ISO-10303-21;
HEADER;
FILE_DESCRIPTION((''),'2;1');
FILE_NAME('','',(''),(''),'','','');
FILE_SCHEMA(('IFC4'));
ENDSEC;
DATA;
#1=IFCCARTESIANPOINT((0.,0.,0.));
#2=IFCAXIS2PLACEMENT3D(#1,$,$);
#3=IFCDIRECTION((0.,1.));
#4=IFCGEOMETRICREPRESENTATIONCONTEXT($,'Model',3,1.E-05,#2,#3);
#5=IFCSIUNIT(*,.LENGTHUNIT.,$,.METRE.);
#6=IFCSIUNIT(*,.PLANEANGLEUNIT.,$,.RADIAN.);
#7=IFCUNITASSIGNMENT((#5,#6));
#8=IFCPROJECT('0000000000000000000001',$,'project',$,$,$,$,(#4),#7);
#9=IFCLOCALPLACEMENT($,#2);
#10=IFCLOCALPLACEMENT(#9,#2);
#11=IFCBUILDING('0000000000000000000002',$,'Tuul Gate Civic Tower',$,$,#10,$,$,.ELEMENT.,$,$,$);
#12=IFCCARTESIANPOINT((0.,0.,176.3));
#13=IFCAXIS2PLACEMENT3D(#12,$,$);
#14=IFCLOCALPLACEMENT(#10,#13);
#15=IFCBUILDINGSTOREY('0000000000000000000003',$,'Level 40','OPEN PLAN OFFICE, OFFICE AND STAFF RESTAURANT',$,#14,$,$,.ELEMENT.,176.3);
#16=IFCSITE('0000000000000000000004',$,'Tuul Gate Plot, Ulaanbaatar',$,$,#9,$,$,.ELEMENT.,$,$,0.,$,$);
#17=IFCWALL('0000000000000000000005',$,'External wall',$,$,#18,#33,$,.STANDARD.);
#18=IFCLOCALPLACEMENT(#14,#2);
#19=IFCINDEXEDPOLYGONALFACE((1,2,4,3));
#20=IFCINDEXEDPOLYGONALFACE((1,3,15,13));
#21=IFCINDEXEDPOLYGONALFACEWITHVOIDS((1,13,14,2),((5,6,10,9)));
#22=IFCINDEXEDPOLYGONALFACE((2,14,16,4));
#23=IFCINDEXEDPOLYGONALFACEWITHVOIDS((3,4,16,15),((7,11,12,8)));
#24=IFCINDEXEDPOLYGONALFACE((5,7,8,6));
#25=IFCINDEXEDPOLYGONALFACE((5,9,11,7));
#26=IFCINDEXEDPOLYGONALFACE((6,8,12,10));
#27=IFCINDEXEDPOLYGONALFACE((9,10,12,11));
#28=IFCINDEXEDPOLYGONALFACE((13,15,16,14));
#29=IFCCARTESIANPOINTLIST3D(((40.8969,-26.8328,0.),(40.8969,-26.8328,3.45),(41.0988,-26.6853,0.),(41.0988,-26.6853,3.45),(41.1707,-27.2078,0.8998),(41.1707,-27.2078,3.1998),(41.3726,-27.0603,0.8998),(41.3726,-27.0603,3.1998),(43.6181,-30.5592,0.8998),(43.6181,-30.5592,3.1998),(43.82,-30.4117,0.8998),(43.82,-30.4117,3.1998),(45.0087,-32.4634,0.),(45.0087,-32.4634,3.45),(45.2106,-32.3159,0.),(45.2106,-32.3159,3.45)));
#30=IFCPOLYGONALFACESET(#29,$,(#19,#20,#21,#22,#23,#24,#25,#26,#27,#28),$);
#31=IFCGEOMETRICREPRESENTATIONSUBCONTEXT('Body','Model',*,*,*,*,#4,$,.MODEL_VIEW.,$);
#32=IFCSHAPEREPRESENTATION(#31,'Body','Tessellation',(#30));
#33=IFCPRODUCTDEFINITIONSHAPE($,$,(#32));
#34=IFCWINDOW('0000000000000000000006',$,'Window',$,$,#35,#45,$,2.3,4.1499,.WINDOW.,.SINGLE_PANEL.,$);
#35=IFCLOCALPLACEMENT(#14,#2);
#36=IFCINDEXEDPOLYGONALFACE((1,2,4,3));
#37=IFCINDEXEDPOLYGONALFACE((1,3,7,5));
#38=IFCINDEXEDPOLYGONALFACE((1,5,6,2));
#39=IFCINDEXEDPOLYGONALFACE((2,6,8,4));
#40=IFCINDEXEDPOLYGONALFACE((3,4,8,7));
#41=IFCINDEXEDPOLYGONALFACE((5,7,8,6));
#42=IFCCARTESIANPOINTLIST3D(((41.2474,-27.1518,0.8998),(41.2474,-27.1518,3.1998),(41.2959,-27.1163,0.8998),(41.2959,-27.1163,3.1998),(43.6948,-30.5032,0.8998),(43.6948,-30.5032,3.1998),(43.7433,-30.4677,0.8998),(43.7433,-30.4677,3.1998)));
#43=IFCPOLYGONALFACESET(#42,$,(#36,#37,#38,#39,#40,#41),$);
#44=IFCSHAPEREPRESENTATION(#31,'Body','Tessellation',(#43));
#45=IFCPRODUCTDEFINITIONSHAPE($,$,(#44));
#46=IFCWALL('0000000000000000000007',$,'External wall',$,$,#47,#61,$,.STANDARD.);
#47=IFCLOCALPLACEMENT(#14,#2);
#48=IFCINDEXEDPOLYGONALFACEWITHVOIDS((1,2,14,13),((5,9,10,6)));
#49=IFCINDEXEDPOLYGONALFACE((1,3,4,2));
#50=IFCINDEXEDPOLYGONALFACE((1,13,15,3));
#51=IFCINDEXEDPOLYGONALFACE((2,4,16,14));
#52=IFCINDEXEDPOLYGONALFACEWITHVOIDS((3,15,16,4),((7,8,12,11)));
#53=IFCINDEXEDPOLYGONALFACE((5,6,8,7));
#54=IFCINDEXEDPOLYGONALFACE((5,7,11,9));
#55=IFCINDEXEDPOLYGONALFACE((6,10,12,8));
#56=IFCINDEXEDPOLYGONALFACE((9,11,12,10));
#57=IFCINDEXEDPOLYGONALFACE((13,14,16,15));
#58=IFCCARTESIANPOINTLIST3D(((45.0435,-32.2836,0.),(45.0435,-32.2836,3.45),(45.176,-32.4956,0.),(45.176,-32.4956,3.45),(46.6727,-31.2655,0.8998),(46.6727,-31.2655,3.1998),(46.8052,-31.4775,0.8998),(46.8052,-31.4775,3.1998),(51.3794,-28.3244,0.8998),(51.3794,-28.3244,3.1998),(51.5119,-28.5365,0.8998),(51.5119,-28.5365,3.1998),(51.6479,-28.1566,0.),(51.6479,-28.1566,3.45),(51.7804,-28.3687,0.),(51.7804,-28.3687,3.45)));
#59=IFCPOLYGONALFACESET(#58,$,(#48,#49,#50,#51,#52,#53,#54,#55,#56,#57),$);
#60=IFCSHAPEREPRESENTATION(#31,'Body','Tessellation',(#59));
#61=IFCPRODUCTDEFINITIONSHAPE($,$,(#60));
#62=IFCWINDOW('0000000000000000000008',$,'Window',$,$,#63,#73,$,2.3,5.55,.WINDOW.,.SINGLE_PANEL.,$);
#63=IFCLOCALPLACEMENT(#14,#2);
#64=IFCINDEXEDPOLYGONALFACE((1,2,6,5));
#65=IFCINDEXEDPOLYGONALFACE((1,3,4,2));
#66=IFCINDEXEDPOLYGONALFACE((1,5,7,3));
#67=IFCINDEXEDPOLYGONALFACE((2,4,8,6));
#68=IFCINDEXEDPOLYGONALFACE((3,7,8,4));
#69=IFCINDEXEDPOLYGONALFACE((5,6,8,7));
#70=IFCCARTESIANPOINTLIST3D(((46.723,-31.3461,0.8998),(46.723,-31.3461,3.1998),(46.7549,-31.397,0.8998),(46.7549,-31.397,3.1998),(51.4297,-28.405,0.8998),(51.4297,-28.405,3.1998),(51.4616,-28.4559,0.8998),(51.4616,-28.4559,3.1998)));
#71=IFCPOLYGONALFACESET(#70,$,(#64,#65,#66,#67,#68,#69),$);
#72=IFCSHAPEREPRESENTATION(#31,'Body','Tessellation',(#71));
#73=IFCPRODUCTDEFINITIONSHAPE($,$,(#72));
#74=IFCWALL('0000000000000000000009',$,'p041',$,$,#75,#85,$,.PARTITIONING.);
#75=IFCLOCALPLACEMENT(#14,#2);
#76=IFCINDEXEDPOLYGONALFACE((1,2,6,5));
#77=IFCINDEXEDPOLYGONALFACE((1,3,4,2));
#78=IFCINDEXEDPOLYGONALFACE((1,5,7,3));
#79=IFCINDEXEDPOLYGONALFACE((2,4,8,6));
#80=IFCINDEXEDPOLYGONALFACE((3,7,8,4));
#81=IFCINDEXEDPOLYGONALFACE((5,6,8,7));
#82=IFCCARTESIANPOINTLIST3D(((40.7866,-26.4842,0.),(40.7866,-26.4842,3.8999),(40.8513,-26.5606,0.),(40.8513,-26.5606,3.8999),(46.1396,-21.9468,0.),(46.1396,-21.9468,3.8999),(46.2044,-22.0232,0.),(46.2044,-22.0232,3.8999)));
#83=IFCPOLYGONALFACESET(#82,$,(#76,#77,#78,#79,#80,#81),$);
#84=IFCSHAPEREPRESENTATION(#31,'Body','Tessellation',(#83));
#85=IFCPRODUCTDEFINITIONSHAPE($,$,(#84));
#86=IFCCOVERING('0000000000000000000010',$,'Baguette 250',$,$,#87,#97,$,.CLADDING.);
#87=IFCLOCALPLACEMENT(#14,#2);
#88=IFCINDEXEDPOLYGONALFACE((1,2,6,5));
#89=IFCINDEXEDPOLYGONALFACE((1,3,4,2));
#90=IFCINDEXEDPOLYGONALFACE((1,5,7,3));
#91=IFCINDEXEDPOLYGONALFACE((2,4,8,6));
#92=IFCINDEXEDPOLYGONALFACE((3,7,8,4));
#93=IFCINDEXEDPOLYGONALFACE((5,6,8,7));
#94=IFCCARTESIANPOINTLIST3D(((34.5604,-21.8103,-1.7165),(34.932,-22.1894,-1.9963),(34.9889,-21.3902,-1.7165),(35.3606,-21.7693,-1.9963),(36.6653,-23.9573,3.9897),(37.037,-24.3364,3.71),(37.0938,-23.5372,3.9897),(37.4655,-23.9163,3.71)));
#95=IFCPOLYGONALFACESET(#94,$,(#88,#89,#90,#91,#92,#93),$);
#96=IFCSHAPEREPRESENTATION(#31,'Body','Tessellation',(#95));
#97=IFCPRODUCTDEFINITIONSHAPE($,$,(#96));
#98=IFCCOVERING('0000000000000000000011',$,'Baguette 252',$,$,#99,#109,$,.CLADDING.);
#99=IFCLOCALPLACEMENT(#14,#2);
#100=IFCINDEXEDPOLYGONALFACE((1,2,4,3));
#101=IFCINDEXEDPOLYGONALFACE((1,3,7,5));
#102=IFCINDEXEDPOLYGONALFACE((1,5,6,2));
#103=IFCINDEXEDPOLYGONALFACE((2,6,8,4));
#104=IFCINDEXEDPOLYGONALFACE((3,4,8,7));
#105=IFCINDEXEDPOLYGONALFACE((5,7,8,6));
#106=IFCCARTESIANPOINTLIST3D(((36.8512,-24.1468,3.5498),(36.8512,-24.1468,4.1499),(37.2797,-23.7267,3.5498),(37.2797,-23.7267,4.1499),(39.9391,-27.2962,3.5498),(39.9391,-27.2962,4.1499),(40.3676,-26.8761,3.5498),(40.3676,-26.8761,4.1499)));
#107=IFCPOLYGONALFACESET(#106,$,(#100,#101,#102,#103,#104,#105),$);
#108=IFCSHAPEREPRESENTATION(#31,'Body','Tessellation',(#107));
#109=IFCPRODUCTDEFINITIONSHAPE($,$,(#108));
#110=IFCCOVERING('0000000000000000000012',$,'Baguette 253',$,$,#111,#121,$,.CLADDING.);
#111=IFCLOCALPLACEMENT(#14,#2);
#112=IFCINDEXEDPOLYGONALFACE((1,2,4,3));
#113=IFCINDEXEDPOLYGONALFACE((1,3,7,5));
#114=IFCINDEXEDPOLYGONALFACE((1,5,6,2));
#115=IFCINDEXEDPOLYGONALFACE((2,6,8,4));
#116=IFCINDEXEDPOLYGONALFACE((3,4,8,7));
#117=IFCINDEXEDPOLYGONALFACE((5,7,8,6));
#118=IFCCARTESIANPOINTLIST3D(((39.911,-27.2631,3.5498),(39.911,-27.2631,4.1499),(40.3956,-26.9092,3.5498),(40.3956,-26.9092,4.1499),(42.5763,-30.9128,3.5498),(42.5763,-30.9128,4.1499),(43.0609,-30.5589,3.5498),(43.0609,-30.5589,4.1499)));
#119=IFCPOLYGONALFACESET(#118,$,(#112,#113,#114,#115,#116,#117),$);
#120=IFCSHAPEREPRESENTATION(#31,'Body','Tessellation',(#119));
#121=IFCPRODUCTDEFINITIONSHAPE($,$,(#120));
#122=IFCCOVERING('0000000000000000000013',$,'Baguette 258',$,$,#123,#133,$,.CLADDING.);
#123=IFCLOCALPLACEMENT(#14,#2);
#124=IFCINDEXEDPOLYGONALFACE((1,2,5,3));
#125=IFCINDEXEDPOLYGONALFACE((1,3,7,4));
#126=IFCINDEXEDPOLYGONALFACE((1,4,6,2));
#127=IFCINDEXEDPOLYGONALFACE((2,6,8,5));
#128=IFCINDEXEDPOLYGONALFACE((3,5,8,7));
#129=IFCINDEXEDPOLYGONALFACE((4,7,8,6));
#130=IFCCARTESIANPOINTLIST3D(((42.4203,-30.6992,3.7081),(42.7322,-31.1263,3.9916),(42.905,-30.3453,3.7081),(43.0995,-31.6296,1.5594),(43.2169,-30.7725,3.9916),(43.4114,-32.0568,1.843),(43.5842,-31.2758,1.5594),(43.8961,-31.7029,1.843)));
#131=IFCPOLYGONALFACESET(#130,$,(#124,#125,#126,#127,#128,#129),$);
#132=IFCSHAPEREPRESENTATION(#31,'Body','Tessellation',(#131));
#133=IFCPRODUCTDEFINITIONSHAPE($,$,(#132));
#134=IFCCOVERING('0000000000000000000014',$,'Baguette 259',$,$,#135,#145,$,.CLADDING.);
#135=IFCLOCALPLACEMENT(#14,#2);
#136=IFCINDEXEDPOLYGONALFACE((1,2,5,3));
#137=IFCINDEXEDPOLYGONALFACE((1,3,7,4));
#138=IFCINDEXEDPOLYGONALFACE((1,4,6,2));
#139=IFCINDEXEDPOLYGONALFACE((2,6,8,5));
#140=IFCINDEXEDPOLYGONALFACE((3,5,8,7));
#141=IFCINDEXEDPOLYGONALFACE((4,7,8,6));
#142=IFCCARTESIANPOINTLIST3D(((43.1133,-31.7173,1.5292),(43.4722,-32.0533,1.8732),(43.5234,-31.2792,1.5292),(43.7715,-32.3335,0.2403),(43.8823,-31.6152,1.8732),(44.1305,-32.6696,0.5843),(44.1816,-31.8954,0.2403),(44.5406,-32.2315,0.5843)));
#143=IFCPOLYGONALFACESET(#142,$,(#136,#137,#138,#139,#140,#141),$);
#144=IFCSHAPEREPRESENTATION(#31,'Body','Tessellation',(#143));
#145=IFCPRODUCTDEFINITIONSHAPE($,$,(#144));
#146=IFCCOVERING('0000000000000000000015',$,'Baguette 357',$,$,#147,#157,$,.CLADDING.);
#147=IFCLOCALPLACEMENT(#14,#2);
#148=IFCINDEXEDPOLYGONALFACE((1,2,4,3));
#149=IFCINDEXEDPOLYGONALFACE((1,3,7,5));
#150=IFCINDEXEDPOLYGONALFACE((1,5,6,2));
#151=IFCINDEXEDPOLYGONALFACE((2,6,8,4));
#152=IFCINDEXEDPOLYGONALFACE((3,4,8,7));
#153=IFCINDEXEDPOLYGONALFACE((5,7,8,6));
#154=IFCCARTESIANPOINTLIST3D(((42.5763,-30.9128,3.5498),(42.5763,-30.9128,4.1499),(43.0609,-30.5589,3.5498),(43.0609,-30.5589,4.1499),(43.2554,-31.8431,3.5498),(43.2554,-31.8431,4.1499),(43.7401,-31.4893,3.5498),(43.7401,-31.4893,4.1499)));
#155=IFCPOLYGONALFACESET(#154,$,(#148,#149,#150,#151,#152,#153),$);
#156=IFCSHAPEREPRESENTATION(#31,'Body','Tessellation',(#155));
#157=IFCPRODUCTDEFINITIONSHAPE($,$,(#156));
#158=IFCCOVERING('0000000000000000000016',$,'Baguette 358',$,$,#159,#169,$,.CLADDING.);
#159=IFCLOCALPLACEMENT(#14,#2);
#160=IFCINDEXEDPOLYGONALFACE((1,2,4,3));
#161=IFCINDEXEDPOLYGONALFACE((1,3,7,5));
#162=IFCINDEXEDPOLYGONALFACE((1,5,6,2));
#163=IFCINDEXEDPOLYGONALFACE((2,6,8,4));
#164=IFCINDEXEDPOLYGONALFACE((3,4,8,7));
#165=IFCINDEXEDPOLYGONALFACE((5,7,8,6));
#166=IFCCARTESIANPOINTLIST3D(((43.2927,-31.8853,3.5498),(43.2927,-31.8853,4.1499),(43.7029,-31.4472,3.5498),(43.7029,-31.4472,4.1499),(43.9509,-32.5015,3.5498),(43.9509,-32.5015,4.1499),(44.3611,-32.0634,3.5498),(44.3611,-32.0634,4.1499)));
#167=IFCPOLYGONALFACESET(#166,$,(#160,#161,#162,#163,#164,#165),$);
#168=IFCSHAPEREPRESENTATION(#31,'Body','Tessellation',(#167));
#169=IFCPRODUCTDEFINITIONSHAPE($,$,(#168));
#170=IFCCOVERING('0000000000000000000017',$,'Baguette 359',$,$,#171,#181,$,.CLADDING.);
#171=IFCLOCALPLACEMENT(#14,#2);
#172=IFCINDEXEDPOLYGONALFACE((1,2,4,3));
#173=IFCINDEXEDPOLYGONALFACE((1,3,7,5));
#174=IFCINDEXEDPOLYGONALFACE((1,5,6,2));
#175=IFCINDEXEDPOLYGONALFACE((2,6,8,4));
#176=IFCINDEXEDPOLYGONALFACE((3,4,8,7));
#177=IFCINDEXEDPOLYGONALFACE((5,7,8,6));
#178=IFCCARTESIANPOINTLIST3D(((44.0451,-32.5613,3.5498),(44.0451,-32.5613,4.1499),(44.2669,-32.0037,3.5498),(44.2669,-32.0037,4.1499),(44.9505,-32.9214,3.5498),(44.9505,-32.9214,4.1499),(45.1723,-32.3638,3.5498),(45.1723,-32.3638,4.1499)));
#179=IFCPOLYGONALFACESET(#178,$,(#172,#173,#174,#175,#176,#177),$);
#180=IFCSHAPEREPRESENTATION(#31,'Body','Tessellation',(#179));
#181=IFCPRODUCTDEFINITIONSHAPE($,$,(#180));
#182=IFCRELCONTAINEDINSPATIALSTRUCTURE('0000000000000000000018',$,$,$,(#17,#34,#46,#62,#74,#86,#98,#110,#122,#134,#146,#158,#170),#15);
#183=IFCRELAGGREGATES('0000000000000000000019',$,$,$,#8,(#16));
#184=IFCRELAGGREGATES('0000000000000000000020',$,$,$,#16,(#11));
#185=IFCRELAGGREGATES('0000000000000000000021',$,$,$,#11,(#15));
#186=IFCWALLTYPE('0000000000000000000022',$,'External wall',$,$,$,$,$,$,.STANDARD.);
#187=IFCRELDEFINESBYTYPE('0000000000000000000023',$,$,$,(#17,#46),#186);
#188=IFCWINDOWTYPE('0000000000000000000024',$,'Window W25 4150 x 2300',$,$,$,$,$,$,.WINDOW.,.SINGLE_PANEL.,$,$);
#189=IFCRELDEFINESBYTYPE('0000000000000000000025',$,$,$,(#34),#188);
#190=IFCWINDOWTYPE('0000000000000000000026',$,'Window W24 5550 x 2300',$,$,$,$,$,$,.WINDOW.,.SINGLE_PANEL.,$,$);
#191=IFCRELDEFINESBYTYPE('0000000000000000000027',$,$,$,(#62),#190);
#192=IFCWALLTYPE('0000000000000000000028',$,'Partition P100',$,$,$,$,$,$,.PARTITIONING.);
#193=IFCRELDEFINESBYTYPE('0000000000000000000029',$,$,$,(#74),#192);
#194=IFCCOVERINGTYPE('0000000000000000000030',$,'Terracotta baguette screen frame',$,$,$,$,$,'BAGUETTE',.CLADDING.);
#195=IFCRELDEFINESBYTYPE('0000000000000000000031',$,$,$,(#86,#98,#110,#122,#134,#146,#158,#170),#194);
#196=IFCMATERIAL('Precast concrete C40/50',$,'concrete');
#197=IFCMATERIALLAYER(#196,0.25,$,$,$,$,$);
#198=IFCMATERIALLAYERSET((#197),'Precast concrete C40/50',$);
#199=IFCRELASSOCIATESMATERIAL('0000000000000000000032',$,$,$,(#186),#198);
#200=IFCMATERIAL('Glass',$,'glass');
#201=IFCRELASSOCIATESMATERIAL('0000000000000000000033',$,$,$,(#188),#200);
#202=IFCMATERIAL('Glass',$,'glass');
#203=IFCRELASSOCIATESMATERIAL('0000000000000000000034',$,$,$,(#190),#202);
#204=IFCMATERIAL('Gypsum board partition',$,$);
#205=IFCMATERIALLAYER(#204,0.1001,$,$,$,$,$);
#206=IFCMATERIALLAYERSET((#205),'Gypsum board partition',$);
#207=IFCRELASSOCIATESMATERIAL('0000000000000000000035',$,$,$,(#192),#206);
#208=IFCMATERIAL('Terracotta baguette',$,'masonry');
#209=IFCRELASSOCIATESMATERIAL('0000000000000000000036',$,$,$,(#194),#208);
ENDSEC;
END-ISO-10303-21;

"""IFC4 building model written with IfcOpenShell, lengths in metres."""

from ifc_helpers import new_model, si_unit, direction, frame, frame_2d, origin, origin_2d, place, context, subcontext, project, spatial, rectangle, extrude, material, layer, layer_set, material_profile, profile_set, type_object, element, fill, save


model = new_model("IFC4")

# Units and contexts
model_context = context("Model", 3, precision=1e-05, world=origin(), true_north=direction((0.0, 1.0)))
body_context = subcontext(model_context, "Body", "Model", "MODEL_VIEW")
ifc_project = project(units=[si_unit("LENGTHUNIT", "METRE"), si_unit("PLANEANGLEUNIT", "RADIAN")], contexts=[model_context])

# Site, building, storey
site_placement = place(None, origin())
site = spatial("IfcSite", under=ifc_project, at=site_placement, Name="Tuul Gate Plot, Ulaanbaatar", CompositionType="ELEMENT", RefElevation=0.0)
building_placement = place(site_placement, origin())
building = spatial("IfcBuilding", under=site, at=building_placement, Name="Tuul Gate Civic Tower", CompositionType="ELEMENT")
storey_placement = place(building_placement, frame((0.0, 0.0, 176.3)))
storey = spatial("IfcBuildingStorey", under=building, at=storey_placement, Name="Level 40", Description="OPEN PLAN OFFICE, OFFICE AND STAFF RESTAURANT", CompositionType="ELEMENT", Elevation=176.3)

# Walls, openings, windows
ifc_material_1 = material(Name="Precast concrete C40/50", Category="concrete")
ifc_layer_1 = layer(ifc_material_1, 0.25)
ifc_layer_set_1 = layer_set([ifc_layer_1], Name="Precast concrete C40/50")
wall_type_1 = type_object("IfcWallType", Name="External wall", PredefinedType="STANDARD", material=ifc_layer_set_1)
wall_1_placement = place(storey_placement, frame((40.9978, -26.759, 0.0), z_axis=(0.0, 0.0, 1.0), x_axis=(0.589749, -0.807587, 0.0)))
wall_1 = element("IfcWall", 1, at=wall_1_placement, inside=storey, type_object=wall_type_1, Name="External wall", PredefinedType="STANDARD", context=body_context, shape_type="SweptSolid", body=[
    extrude(rectangle(XDim=6.9722, YDim=0.25, at=frame_2d((3.4861, 0.0))), origin(), (0.0, 0.0, 1.0), 3.45),
])
opening_1_placement = place(wall_1_placement, frame((0.4644, 0.0, 0.8999)))
opening_1 = element("IfcOpeningElement", 2, at=opening_1_placement, cuts=wall_1, PredefinedType="OPENING", context=body_context, shape_type="SweptSolid", body=[
    extrude(rectangle(XDim=4.1499, YDim=2.3, at=frame_2d((2.075, 1.1499))), frame((0.0, 0.135, 0.0), z_axis=(0.0, -1.0, 0.0), x_axis=(1.0, 0.0, 0.0)), (0.0, 0.0, 1.0), 0.27),
])
ifc_material_2 = material(Name="Glass", Category="glass")
window_type_1 = type_object("IfcWindowType", Name="Window W25 4150 x 2300", PartitioningType="SINGLE_PANEL", PredefinedType="WINDOW", material=ifc_material_2)
window_1_placement = place(opening_1_placement, origin())
window_1 = element("IfcWindow", 3, at=window_1_placement, inside=storey, type_object=window_type_1, Name="Window", OverallHeight=2.3, OverallWidth=4.1499, PartitioningType="SINGLE_PANEL", PredefinedType="WINDOW", context=body_context, shape_type="SweptSolid", body=[
    extrude(rectangle(XDim=4.1499, YDim=2.3, at=frame_2d((2.075, 1.1499))), frame((0.0, 0.03, 0.0), z_axis=(0.0, -1.0, 0.0), x_axis=(1.0, 0.0, 0.0)), (0.0, 0.0, 1.0), 0.0601),
])
fill(opening_1, window_1)
wall_2_placement = place(storey_placement, frame((45.1096, -32.3896, 0.0), z_axis=(0.0, 0.0, 1.0), x_axis=(0.848048, 0.52992, 0.0)))
wall_2 = element("IfcWall", 4, at=wall_2_placement, inside=storey, type_object=wall_type_1, Name="External wall", PredefinedType="STANDARD", context=body_context, shape_type="SweptSolid", body=[
    extrude(rectangle(XDim=7.7878, YDim=0.25, at=frame_2d((3.894, 0.0))), origin(), (0.0, 0.0, 1.0), 3.45),
])
opening_2_placement = place(wall_2_placement, frame((1.9214, 0.0, 0.8999)))
opening_2 = element("IfcOpeningElement", 5, at=opening_2_placement, cuts=wall_2, PredefinedType="OPENING", context=body_context, shape_type="SweptSolid", body=[
    extrude(rectangle(XDim=5.55, YDim=2.3, at=frame_2d((2.7749, 1.1499))), frame((0.0, 0.135, 0.0), z_axis=(0.0, -1.0, 0.0), x_axis=(1.0, 0.0, 0.0)), (0.0, 0.0, 1.0), 0.27),
])
ifc_material_3 = material(Name="Glass", Category="glass")
window_type_2 = type_object("IfcWindowType", Name="Window W24 5550 x 2300", PartitioningType="SINGLE_PANEL", PredefinedType="WINDOW", material=ifc_material_3)
window_2_placement = place(opening_2_placement, origin())
window_2 = element("IfcWindow", 6, at=window_2_placement, inside=storey, type_object=window_type_2, Name="Window", OverallHeight=2.3, OverallWidth=5.55, PartitioningType="SINGLE_PANEL", PredefinedType="WINDOW", context=body_context, shape_type="SweptSolid", body=[
    extrude(rectangle(XDim=5.55, YDim=2.3, at=frame_2d((2.7749, 1.1499))), frame((0.0, 0.03, 0.0), z_axis=(0.0, -1.0, 0.0), x_axis=(1.0, 0.0, 0.0)), (0.0, 0.0, 1.0), 0.0601),
])
fill(opening_2, window_2)

# Wall
ifc_material_4 = material(Name="Gypsum board partition")
ifc_layer_2 = layer(ifc_material_4, 0.1001)
ifc_layer_set_2 = layer_set([ifc_layer_2], Name="Gypsum board partition")
wall_type_2 = type_object("IfcWallType", Name="Partition P100", PredefinedType="PARTITIONING", material=ifc_layer_set_2)
wall_3_placement = place(storey_placement, frame((40.8188, -26.5225, 0.0), z_axis=(0.0, 0.0, 1.0), x_axis=(0.762833, 0.646595, 0.0)))
element("IfcWall", 7, at=wall_3_placement, inside=storey, type_object=wall_type_2, Name="p041", PredefinedType="PARTITIONING", context=body_context, shape_type="SweptSolid", body=[
    extrude(rectangle(XDim=7.0173, YDim=0.1001, at=frame_2d((3.5088, 0.0))), origin(), (0.0, 0.0, 1.0), 3.8999),
])

# Coverings
ifc_material_5 = material(Name="Terracotta baguette", Category="masonry")
ifc_material_profile_1 = material_profile(ifc_material_5, rectangle(XDim=0.6001, YDim=0.6001, at=origin_2d()), Name="Terracotta baguette screen frame")
ifc_profile_set_1 = profile_set([ifc_material_profile_1], Name="Terracotta baguette")
covering_type = type_object("IfcCoveringType", Name="Terracotta baguette screen frame", ElementType="BAGUETTE", PredefinedType="CLADDING", material=ifc_profile_set_1)
covering_1_placement = place(storey_placement, frame((37.0654, -23.9368, 3.8499), z_axis=(-0.326354, 0.332865, -0.8847), x_axis=(-0.714055, -0.700089, 0.0)))
element("IfcCovering", 8, at=covering_1_placement, inside=storey, type_object=covering_type, Name="Baguette 250", PredefinedType="CLADDING", context=body_context, shape_type="SweptSolid", body=[
    extrude(rectangle(XDim=0.6001, YDim=0.6001, at=origin_2d()), origin(), (0.0, 0.0, 1.0), 6.45),
])
covering_2_placement = place(storey_placement, frame((37.0654, -23.9368, 3.8499), z_axis=(0.700098, -0.714047, 0.0), x_axis=(0.714047, 0.700098, 0.0)))
element("IfcCovering", 9, at=covering_2_placement, inside=storey, type_object=covering_type, Name="Baguette 252", PredefinedType="CLADDING", context=body_context, shape_type="SweptSolid", body=[
    extrude(rectangle(XDim=0.6001, YDim=0.6001, at=origin_2d()), origin(), (0.0, 0.0, 1.0), 4.4106),
])
covering_3_placement = place(storey_placement, frame((40.1533, -27.0862, 3.8499), z_axis=(0.589761, -0.807578, 0.0), x_axis=(0.807578, 0.589761, 0.0)))
element("IfcCovering", 10, at=covering_3_placement, inside=storey, type_object=covering_type, Name="Baguette 253", PredefinedType="CLADDING", context=body_context, shape_type="SweptSolid", body=[
    extrude(rectangle(XDim=0.6001, YDim=0.6001, at=origin_2d()), origin(), (0.0, 0.0, 1.0), 4.5193),
])
covering_4_placement = place(storey_placement, frame((42.8186, -30.7358, 3.8499), z_axis=(0.278589, -0.381633, -0.881331), x_axis=(0.80769, 0.589607, 0.0)))
element("IfcCovering", 11, at=covering_4_placement, inside=storey, type_object=covering_type, Name="Baguette 258", PredefinedType="CLADDING", context=body_context, shape_type="SweptSolid", body=[
    extrude(rectangle(XDim=0.6001, YDim=0.6001, at=origin_2d()), origin(), (0.0, 0.0, 1.0), 2.438),
])
covering_5_placement = place(storey_placement, frame((43.4978, -31.6663, 1.7012), z_axis=(0.418466, -0.391769, -0.819392), x_axis=(0.683437, 0.73001, 0.0)))
element("IfcCovering", 12, at=covering_5_placement, inside=storey, type_object=covering_type, Name="Baguette 259", PredefinedType="CLADDING", context=body_context, shape_type="SweptSolid", body=[
    extrude(rectangle(XDim=0.6001, YDim=0.6001, at=origin_2d()), origin(), (0.0, 0.0, 1.0), 1.573),
])
covering_6_placement = place(storey_placement, frame((42.8186, -30.7358, 3.8499), z_axis=(0.589607, -0.80769, 0.0), x_axis=(0.80769, 0.589607, 0.0)))
element("IfcCovering", 13, at=covering_6_placement, inside=storey, type_object=covering_type, Name="Baguette 357", PredefinedType="CLADDING", context=body_context, shape_type="SweptSolid", body=[
    extrude(rectangle(XDim=0.6001, YDim=0.6001, at=origin_2d()), origin(), (0.0, 0.0, 1.0), 1.1519),
])
covering_7_placement = place(storey_placement, frame((43.4978, -31.6663, 3.8499), z_axis=(0.73001, -0.683437, 0.0), x_axis=(0.683437, 0.73001, 0.0)))
element("IfcCovering", 14, at=covering_7_placement, inside=storey, type_object=covering_type, Name="Baguette 358", PredefinedType="CLADDING", context=body_context, shape_type="SweptSolid", body=[
    extrude(rectangle(XDim=0.6001, YDim=0.6001, at=origin_2d()), origin(), (0.0, 0.0, 1.0), 0.9016),
])
covering_8_placement = place(storey_placement, frame((44.156, -32.2825, 3.8499), z_axis=(0.929184, -0.369619, 0.0), x_axis=(0.369619, 0.929184, 0.0)))
element("IfcCovering", 15, at=covering_8_placement, inside=storey, type_object=covering_type, Name="Baguette 359", PredefinedType="CLADDING", context=body_context, shape_type="SweptSolid", body=[
    extrude(rectangle(XDim=0.6001, YDim=0.6001, at=origin_2d()), origin(), (0.0, 0.0, 1.0), 0.9744),
])

save(model, "model.ifc")
